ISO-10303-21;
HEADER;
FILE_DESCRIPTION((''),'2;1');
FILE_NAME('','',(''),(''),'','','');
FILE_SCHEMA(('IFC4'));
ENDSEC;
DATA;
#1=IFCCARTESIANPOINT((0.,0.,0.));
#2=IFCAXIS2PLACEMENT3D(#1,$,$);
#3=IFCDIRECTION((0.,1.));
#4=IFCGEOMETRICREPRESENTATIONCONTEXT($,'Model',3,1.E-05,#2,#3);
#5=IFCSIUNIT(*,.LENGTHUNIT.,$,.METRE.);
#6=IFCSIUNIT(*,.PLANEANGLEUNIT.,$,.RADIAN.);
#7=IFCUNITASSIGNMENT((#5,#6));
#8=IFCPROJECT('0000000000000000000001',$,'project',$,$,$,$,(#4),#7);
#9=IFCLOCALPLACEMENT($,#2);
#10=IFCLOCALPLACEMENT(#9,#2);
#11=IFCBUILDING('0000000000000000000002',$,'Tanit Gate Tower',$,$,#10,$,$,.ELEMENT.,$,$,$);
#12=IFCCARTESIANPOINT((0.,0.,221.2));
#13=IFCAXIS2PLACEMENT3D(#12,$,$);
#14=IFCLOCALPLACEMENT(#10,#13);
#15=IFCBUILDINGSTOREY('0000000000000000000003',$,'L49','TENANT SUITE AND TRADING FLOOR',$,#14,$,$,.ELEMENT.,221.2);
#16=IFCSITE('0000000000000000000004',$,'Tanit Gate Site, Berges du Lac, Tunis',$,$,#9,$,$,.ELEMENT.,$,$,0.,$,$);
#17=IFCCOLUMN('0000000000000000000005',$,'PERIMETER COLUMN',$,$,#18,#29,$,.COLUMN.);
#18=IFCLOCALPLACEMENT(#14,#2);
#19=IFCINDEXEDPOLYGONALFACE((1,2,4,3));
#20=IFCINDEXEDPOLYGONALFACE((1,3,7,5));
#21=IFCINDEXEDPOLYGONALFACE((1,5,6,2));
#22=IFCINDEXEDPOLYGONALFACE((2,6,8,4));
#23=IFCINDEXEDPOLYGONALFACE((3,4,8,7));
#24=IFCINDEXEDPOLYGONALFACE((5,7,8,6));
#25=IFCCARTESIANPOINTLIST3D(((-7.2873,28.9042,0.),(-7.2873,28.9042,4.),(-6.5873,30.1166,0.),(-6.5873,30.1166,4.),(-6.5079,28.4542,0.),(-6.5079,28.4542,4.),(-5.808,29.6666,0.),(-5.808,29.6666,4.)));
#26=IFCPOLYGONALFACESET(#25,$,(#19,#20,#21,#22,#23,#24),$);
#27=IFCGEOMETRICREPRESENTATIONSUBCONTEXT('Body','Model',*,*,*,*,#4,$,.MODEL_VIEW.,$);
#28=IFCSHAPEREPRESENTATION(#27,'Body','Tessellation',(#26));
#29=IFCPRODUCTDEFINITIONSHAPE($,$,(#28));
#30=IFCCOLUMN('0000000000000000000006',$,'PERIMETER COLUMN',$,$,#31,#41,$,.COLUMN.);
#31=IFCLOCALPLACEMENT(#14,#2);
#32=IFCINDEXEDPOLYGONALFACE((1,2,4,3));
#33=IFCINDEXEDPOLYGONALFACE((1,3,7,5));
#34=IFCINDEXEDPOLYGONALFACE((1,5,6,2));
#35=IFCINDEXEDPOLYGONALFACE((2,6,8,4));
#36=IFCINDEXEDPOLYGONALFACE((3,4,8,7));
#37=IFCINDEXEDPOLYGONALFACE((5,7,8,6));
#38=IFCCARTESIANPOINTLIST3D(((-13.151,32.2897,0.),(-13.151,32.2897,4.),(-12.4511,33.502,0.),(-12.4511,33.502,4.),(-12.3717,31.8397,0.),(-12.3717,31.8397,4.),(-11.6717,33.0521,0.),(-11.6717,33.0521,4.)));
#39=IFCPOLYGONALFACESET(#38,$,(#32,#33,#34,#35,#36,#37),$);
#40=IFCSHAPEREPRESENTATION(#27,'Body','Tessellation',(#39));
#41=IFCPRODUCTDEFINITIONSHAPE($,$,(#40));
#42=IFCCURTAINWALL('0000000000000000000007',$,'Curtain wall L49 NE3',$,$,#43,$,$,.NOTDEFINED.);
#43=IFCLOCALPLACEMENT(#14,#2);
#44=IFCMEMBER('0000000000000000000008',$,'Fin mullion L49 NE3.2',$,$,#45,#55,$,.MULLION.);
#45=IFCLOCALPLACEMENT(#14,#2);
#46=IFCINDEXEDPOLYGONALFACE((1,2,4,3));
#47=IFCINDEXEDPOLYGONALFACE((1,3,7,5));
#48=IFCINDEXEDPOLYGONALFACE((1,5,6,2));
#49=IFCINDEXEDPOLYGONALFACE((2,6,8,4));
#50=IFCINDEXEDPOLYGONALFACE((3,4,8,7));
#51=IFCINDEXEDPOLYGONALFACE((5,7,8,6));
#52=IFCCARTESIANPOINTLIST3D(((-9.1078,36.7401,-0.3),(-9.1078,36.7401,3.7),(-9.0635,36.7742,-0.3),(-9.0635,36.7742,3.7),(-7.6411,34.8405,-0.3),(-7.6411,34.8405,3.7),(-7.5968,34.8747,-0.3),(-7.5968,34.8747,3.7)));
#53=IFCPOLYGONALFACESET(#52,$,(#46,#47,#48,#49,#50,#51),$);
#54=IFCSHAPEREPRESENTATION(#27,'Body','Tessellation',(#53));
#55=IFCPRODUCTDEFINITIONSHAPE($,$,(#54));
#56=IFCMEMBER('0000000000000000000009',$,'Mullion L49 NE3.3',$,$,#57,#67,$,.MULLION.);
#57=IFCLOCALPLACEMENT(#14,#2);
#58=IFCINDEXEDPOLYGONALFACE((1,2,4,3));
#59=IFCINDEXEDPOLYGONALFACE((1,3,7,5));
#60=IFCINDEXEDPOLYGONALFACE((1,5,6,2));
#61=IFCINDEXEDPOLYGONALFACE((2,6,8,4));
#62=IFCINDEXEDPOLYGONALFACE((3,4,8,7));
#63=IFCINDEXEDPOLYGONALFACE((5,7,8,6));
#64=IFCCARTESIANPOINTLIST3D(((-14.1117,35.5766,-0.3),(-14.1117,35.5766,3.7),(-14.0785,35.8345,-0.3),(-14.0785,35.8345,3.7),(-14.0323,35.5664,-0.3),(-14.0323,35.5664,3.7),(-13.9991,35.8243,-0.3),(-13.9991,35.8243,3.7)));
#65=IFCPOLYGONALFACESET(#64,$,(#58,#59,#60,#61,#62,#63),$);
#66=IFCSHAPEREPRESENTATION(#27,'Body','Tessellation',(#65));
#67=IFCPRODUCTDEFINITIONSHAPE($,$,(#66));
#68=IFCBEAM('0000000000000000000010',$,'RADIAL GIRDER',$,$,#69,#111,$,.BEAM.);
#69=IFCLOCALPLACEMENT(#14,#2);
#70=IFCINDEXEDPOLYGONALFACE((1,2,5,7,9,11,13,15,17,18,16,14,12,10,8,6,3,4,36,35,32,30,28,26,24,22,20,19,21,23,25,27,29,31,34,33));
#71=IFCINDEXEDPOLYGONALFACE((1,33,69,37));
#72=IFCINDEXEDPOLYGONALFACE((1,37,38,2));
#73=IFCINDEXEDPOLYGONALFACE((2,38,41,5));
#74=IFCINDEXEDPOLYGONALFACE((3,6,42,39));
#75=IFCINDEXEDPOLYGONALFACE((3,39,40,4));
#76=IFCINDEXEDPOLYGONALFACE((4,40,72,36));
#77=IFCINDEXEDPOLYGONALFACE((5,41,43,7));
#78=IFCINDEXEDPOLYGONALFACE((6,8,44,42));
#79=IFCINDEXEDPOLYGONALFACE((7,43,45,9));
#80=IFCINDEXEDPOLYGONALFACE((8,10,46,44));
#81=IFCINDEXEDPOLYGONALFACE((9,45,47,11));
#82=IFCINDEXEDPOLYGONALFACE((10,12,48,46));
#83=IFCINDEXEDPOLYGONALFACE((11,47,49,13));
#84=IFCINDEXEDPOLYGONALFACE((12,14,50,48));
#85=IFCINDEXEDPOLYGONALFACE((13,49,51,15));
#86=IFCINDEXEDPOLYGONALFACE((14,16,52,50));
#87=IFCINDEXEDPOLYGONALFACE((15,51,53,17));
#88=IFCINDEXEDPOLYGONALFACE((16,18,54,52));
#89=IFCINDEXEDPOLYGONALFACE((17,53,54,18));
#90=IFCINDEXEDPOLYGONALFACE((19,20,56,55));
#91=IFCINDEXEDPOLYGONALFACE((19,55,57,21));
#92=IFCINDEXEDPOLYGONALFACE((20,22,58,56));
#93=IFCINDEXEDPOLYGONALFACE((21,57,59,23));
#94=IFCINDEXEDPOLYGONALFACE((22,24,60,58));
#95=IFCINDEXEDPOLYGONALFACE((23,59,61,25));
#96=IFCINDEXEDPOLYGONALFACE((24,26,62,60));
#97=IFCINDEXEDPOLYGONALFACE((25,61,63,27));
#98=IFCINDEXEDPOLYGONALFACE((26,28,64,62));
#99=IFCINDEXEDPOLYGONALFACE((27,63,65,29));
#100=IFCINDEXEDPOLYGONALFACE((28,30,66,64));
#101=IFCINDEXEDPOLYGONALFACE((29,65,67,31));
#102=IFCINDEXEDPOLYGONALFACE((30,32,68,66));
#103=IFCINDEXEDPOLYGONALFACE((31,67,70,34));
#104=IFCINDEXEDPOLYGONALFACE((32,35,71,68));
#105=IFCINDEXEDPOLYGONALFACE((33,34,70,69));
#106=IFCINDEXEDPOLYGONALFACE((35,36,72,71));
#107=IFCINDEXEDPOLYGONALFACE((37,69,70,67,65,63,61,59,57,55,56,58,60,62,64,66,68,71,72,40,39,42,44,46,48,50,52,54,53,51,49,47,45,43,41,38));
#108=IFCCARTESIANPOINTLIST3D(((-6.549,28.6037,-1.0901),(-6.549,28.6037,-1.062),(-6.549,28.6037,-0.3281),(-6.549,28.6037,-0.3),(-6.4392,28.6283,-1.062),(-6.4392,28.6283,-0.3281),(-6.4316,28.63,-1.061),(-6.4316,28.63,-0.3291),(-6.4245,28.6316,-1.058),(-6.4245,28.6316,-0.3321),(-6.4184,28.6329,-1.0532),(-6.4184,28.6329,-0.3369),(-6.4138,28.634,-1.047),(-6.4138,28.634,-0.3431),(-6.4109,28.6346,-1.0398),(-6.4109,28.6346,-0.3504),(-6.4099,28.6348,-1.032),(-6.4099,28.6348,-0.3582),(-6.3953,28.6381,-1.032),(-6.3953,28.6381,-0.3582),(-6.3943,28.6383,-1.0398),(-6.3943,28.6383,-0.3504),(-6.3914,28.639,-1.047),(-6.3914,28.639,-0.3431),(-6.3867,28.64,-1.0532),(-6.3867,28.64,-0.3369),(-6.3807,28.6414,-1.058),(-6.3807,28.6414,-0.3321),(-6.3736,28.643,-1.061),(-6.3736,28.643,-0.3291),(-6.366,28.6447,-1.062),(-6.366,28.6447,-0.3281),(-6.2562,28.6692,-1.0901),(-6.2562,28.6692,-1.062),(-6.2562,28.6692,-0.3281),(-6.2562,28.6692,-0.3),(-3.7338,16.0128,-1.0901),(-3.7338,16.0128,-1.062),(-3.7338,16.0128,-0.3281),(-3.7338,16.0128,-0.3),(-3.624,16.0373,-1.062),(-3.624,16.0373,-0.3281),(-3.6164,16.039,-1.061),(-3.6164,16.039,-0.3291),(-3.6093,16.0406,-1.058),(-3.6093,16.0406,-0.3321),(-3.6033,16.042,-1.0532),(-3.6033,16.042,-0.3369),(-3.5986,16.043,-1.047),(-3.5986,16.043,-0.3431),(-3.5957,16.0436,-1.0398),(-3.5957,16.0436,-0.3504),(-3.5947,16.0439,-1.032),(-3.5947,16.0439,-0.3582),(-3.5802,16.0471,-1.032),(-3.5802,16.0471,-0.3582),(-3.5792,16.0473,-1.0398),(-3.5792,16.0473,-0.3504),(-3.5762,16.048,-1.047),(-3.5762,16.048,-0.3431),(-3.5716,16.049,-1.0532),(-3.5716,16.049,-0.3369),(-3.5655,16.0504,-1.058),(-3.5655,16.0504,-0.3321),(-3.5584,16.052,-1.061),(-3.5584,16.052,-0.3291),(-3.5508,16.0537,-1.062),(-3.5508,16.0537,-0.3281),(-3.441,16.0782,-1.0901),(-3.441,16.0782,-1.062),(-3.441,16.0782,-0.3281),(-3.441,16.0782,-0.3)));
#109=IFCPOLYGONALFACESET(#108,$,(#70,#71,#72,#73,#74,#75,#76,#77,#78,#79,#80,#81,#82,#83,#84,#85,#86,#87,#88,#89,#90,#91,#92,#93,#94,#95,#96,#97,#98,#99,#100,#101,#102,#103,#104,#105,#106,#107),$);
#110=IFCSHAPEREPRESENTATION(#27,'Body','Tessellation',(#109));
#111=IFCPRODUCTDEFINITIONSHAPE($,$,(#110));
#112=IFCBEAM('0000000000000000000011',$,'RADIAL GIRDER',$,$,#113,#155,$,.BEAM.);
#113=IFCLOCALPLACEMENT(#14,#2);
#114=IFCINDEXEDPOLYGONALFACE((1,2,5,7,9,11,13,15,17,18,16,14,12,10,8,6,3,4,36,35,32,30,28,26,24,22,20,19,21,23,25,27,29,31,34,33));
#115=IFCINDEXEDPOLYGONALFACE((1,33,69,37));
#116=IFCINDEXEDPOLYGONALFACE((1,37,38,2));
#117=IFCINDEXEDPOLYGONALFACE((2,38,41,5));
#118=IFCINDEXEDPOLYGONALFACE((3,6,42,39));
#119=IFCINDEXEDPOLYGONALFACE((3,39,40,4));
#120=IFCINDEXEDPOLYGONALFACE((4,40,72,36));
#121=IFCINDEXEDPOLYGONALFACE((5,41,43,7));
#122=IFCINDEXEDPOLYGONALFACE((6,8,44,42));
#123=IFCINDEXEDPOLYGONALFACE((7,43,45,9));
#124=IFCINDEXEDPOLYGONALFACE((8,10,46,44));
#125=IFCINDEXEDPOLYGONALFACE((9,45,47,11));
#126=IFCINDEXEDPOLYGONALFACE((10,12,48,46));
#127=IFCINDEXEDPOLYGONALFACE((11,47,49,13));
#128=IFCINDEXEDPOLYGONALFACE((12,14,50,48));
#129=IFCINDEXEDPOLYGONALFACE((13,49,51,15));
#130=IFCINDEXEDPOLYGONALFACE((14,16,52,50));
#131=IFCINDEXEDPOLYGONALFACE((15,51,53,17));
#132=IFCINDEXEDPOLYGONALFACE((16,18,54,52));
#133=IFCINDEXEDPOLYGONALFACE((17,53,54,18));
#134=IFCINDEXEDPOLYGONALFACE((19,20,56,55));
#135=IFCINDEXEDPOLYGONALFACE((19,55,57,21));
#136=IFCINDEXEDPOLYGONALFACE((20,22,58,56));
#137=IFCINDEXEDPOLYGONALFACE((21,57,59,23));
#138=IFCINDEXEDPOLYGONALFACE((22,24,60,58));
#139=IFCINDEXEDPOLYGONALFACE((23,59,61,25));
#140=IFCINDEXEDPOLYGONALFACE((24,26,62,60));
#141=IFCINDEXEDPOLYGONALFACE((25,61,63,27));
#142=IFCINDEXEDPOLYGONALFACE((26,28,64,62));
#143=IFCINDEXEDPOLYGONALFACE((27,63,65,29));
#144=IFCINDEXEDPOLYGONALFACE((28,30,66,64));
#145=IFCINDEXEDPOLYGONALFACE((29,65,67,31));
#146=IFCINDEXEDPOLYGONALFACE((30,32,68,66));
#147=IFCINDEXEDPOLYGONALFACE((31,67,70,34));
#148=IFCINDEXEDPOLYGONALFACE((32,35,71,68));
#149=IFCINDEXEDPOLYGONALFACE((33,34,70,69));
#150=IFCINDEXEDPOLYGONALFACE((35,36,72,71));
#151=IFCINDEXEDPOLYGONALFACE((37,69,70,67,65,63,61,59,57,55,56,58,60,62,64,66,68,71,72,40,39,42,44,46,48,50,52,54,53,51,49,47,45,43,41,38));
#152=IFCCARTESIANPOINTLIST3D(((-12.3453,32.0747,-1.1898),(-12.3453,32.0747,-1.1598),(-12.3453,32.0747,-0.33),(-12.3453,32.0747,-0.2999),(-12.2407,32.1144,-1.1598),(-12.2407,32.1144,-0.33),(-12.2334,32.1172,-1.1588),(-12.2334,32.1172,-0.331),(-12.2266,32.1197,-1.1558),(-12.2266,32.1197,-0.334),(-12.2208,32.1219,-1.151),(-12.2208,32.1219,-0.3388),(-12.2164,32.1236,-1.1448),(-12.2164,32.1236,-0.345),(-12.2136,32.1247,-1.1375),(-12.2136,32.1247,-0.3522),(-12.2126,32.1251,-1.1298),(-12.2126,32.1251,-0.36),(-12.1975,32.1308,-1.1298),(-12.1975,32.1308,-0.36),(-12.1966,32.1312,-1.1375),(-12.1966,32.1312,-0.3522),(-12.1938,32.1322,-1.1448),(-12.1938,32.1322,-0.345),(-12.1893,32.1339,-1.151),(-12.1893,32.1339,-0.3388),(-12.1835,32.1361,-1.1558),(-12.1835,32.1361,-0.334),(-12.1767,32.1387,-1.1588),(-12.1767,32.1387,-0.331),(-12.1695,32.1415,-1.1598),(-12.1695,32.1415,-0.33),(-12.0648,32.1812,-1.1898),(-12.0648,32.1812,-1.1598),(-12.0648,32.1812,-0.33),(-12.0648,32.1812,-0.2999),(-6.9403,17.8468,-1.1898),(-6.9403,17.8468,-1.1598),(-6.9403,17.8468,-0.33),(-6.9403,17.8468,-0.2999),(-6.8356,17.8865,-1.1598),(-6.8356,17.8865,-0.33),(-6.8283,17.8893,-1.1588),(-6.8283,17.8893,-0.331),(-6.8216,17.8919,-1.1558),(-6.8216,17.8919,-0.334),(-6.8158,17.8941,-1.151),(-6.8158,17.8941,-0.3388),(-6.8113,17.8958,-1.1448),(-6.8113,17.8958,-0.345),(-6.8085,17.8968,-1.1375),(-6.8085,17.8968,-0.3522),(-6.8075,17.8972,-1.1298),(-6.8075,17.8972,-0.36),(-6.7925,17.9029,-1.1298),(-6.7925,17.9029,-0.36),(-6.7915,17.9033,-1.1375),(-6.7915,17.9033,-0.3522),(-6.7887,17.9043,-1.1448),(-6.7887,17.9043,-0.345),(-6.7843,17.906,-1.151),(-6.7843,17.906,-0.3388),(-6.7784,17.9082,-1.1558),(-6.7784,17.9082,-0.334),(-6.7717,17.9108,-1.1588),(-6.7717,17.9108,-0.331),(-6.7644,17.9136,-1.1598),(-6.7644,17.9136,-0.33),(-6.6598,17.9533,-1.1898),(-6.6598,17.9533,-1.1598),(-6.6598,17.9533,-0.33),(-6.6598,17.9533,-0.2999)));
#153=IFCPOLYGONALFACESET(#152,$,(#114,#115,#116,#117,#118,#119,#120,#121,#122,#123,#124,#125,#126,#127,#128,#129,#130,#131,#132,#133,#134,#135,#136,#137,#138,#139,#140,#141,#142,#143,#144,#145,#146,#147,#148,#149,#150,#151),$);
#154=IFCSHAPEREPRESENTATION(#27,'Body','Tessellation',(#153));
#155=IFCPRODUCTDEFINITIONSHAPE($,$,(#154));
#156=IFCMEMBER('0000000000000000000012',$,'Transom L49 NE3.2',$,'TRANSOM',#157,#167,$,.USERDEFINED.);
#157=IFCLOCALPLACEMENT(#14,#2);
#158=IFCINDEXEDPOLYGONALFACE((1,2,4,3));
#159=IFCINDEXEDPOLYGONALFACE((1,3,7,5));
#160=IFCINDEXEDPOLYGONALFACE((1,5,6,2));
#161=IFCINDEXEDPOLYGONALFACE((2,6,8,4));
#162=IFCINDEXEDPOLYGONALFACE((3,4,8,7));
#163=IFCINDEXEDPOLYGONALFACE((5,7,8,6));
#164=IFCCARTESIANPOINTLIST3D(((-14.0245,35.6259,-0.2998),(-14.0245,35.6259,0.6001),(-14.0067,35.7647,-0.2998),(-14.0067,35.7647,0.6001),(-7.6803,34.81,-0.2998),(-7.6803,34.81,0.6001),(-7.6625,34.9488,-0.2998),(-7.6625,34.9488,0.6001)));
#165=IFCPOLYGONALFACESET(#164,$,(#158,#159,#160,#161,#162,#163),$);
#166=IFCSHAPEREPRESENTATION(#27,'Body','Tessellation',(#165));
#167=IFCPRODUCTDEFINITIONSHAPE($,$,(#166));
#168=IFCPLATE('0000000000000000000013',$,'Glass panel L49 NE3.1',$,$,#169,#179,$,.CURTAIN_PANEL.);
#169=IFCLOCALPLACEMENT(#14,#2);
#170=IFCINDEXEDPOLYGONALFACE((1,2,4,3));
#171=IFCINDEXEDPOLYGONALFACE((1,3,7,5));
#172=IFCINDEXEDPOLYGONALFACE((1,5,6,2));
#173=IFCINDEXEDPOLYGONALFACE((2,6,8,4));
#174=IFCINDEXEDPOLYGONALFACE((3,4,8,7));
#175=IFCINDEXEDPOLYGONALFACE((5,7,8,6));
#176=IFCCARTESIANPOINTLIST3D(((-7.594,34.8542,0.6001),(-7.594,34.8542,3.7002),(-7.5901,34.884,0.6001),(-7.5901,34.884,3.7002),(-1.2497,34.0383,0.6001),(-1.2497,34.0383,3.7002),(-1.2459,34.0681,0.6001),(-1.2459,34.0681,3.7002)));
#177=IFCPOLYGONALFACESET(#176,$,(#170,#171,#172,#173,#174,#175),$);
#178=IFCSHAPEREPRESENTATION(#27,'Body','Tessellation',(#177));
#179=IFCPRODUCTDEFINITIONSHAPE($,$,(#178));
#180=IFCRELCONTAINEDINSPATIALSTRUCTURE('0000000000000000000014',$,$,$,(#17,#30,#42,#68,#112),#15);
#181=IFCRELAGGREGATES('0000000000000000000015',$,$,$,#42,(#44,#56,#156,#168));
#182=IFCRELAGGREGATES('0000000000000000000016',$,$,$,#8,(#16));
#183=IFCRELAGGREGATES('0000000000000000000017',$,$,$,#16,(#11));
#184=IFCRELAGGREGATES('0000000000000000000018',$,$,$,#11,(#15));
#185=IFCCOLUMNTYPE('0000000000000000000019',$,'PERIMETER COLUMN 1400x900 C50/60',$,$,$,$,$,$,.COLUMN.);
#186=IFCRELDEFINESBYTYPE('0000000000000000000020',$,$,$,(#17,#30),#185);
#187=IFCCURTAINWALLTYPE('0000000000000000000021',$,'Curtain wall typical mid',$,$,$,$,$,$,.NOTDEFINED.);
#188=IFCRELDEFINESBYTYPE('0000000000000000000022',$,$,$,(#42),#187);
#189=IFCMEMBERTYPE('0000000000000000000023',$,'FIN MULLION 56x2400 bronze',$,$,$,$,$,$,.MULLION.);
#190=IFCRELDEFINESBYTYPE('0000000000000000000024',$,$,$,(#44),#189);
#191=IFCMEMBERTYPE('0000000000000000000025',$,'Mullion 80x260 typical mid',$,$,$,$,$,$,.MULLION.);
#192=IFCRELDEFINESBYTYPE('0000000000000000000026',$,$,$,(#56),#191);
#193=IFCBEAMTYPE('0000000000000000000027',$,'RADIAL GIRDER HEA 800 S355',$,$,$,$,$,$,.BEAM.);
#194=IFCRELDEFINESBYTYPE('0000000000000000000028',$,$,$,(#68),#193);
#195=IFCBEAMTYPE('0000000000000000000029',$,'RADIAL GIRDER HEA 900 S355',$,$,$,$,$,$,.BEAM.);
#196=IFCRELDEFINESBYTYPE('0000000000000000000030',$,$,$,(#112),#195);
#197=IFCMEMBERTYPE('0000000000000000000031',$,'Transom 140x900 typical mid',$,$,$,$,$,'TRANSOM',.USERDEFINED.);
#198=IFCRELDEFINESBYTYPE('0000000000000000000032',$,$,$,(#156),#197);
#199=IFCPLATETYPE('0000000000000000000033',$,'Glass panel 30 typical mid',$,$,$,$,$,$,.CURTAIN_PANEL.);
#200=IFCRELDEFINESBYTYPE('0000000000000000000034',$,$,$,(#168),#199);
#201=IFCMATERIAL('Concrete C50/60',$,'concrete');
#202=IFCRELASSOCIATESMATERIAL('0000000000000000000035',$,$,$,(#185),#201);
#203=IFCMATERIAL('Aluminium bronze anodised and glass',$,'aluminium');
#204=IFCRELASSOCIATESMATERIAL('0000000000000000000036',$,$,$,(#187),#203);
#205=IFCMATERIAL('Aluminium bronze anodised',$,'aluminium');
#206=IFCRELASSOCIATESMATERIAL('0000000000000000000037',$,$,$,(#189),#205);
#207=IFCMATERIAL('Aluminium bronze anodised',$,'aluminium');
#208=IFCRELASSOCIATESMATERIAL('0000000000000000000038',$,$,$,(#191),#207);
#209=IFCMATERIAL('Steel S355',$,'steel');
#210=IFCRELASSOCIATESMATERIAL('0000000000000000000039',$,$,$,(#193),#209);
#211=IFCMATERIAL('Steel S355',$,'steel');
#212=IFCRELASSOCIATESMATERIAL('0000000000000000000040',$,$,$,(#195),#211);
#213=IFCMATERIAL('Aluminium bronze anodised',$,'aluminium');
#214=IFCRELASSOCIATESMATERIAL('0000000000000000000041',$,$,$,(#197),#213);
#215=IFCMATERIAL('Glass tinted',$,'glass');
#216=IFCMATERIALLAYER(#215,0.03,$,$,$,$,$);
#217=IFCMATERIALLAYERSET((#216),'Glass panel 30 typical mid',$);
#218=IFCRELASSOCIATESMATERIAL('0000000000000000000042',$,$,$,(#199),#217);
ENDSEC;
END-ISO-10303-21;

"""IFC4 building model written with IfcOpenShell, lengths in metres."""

from ifc_helpers import new_model, si_unit, direction, frame, origin, origin_2d, place, context, subcontext, project, spatial, rectangle, i_section, extrude, material, layer, layer_set, material_profile, profile_set, type_object, element, aggregate, save


model = new_model("IFC4")

# Units and contexts
model_context = context("Model", 3, precision=1e-05, world=origin(), true_north=direction((0.0, 1.0)))
body_context = subcontext(model_context, "Body", "Model", "MODEL_VIEW")
ifc_project = project(units=[si_unit("LENGTHUNIT", "METRE"), si_unit("PLANEANGLEUNIT", "RADIAN")], contexts=[model_context])

# Site, building, storey
site_placement = place(None, origin())
site = spatial("IfcSite", under=ifc_project, at=site_placement, Name="Tanit Gate Site, Berges du Lac, Tunis", CompositionType="ELEMENT", RefElevation=0.0)
building_placement = place(site_placement, origin())
building = spatial("IfcBuilding", under=site, at=building_placement, Name="Tanit Gate Tower", CompositionType="ELEMENT")
storey_placement = place(building_placement, frame((0.0, 0.0, 221.2)))
storey = spatial("IfcBuildingStorey", under=building, at=storey_placement, Name="L49", Description="TENANT SUITE AND TRADING FLOOR", CompositionType="ELEMENT", Elevation=221.2)

# Columns
ifc_material_1 = material(Name="Concrete C50/60", Category="concrete")
ifc_material_profile_1 = material_profile(ifc_material_1, rectangle(XDim=1.3999, YDim=0.8999, at=origin_2d()), Name="RC 1400x900")
ifc_profile_set_1 = profile_set([ifc_material_profile_1], Name="Concrete C50/60")
column_type = type_object("IfcColumnType", Name="PERIMETER COLUMN 1400x900 C50/60", PredefinedType="COLUMN", material=ifc_profile_set_1)
for number, where, z_axis, x_axis, name in (
    (1, (-6.5476, 29.2854, 0.0), (0.0, 0.0, 1.0), (0.5, 0.866025, 0.0), "PERIMETER COLUMN"),
    (2, (-12.4114, 32.6709, 0.0), (0.0, 0.0, 1.0), (0.5, 0.866025, 0.0), "PERIMETER COLUMN"),
):
    element("IfcColumn", number, at=place(storey_placement, frame(where, z_axis=z_axis, x_axis=x_axis)), inside=storey, type_object=column_type, Name=name, PredefinedType="COLUMN", context=body_context, shape_type="SweptSolid", body=[
        extrude(rectangle(XDim=1.3999, YDim=0.8999, at=origin_2d()), origin(), (0.0, 0.0, 1.0), 4.0),
    ])

# Curtain wall, members
ifc_material_2 = material(Name="Aluminium bronze anodised and glass", Category="aluminium")
curtain_wall_type = type_object("IfcCurtainWallType", Name="Curtain wall typical mid", PredefinedType="NOTDEFINED", material=ifc_material_2)
curtain_wall_placement = place(storey_placement, origin())
curtain_wall = element("IfcCurtainWall", 3, at=curtain_wall_placement, inside=storey, type_object=curtain_wall_type, Name="Curtain wall L49 NE3", PredefinedType="NOTDEFINED")
ifc_material_3 = material(Name="Aluminium bronze anodised", Category="aluminium")
ifc_material_profile_2 = material_profile(ifc_material_3, rectangle(XDim=2.3999, YDim=0.0559, at=origin_2d()), Name="56x2400 bronze fin mullion")
ifc_profile_set_2 = profile_set([ifc_material_profile_2], Name="Aluminium bronze anodised")
member_type_1 = type_object("IfcMemberType", Name="FIN MULLION 56x2400 bronze", PredefinedType="MULLION", material=ifc_profile_set_2)
member_1_placement = place(storey_placement, frame((-8.3523, 35.8074, -0.3), z_axis=(0.0, 0.0, 1.0), x_axis=(0.611137, -0.791525, 0.0)))
member_1 = element("IfcMember", 4, at=member_1_placement, type_object=member_type_1, Name="Fin mullion L49 NE3.2", PredefinedType="MULLION", context=body_context, shape_type="SweptSolid", body=[
    extrude(rectangle(XDim=2.3999, YDim=0.0559, at=origin_2d()), origin(), (0.0, 0.0, 1.0), 4.0),
])
ifc_material_4 = material(Name="Aluminium bronze anodised", Category="aluminium")
ifc_material_profile_3 = material_profile(ifc_material_4, rectangle(XDim=0.26, YDim=0.0801, at=origin_2d()), Name="80x260 bronze mullion")
ifc_profile_set_3 = profile_set([ifc_material_profile_3], Name="Aluminium bronze anodised")
member_type_2 = type_object("IfcMemberType", Name="Mullion 80x260 typical mid", PredefinedType="MULLION", material=ifc_profile_set_3)
member_2_placement = place(storey_placement, frame((-14.0554, 35.7004, -0.3), z_axis=(0.0, 0.0, 1.0), x_axis=(-0.127554, -0.991832, 0.0)))
member_2 = element("IfcMember", 5, at=member_2_placement, type_object=member_type_2, Name="Mullion L49 NE3.3", PredefinedType="MULLION", context=body_context, shape_type="SweptSolid", body=[
    extrude(rectangle(XDim=0.26, YDim=0.0801, at=origin_2d()), origin(), (0.0, 0.0, 1.0), 4.0),
])

# Beams
ifc_material_5 = material(Name="Steel S355", Category="steel")
ifc_material_profile_4 = material_profile(ifc_material_5, i_section(OverallWidth=0.3, OverallDepth=0.79, WebThickness=0.0149, FlangeThickness=0.0281, FilletRadius=0.03, at=origin_2d()), Name="HEA 800")
ifc_profile_set_4 = profile_set([ifc_material_profile_4], Name="Steel S355")
beam_type_1 = type_object("IfcBeamType", Name="RADIAL GIRDER HEA 800 S355", PredefinedType="BEAM", material=ifc_profile_set_4)
beam_1_placement = place(storey_placement, frame((-6.4026, 28.6365, -0.6951), z_axis=(0.218199, -0.975904, 0.0), x_axis=(0.975904, 0.218199, 0.0)))
element("IfcBeam", 6, at=beam_1_placement, inside=storey, type_object=beam_type_1, Name="RADIAL GIRDER", PredefinedType="BEAM", context=body_context, shape_type="SweptSolid", body=[
    extrude(i_section(OverallWidth=0.3, OverallDepth=0.79, WebThickness=0.0149, FlangeThickness=0.0281, FilletRadius=0.03, at=origin_2d()), origin(), (0.0, 0.0, 1.0), 12.9019),
])
ifc_material_6 = material(Name="Steel S355", Category="steel")
ifc_material_profile_5 = material_profile(ifc_material_6, i_section(OverallWidth=0.3, OverallDepth=0.8899, WebThickness=0.0161, FlangeThickness=0.03, FilletRadius=0.03, at=origin_2d()), Name="HEA 900")
ifc_profile_set_5 = profile_set([ifc_material_profile_5], Name="Steel S355")
beam_type_2 = type_object("IfcBeamType", Name="RADIAL GIRDER HEA 900 S355", PredefinedType="BEAM", material=ifc_profile_set_5)
beam_2_placement = place(storey_placement, frame((-12.2051, 32.1279, -0.7449), z_axis=(0.35513, -0.934817, 0.0), x_axis=(0.934817, 0.35513, 0.0)))
element("IfcBeam", 7, at=beam_2_placement, inside=storey, type_object=beam_type_2, Name="RADIAL GIRDER", PredefinedType="BEAM", context=body_context, shape_type="SweptSolid", body=[
    extrude(i_section(OverallWidth=0.3, OverallDepth=0.8899, WebThickness=0.0161, FlangeThickness=0.03, FilletRadius=0.03, at=origin_2d()), origin(), (0.0, 0.0, 1.0), 15.22),
])

# Member
ifc_material_7 = material(Name="Aluminium bronze anodised", Category="aluminium")
ifc_material_profile_6 = material_profile(ifc_material_7, rectangle(XDim=0.1399, YDim=0.8999, at=origin_2d()), Name="140x900 bronze transom")
ifc_profile_set_6 = profile_set([ifc_material_profile_6], Name="Aluminium bronze anodised")
member_type_3 = type_object("IfcMemberType", Name="Transom 140x900 typical mid", ElementType="TRANSOM", PredefinedType="USERDEFINED", material=ifc_profile_set_6)
member_3_placement = place(storey_placement, frame((-7.6714, 34.8794, 0.1501), z_axis=(-0.991831, 0.127557, 0.0), x_axis=(-0.127557, -0.991831, 0.0)))
member_3 = element("IfcMember", 8, at=member_3_placement, type_object=member_type_3, Name="Transom L49 NE3.2", ObjectType="TRANSOM", PredefinedType="USERDEFINED", context=body_context, shape_type="SweptSolid", body=[
    extrude(rectangle(XDim=0.1399, YDim=0.8999, at=origin_2d()), origin(), (0.0, 0.0, 1.0), 6.3965),
])

# Plate
ifc_material_8 = material(Name="Glass tinted", Category="glass")
ifc_layer_1 = layer(ifc_material_8, 0.03)
ifc_layer_set_1 = layer_set([ifc_layer_1], Name="Glass panel 30 typical mid")
plate_type = type_object("IfcPlateType", Name="Glass panel 30 typical mid", PredefinedType="CURTAIN_PANEL", material=ifc_layer_set_1)
plate_1_placement = place(storey_placement, frame((-4.4199, 34.4612, 0.6001), z_axis=(0.0, 0.0, 1.0), x_axis=(-0.991832, 0.127554, 0.0)))
plate_1 = element("IfcPlate", 9, at=plate_1_placement, type_object=plate_type, Name="Glass panel L49 NE3.1", PredefinedType="CURTAIN_PANEL", context=body_context, shape_type="SweptSolid", body=[
    extrude(rectangle(XDim=6.3965, YDim=0.03, at=origin_2d()), origin(), (0.0, 0.0, 1.0), 3.1001),
])
aggregate(curtain_wall, [member_1, member_2, member_3, plate_1])

save(model, "model.ifc")
